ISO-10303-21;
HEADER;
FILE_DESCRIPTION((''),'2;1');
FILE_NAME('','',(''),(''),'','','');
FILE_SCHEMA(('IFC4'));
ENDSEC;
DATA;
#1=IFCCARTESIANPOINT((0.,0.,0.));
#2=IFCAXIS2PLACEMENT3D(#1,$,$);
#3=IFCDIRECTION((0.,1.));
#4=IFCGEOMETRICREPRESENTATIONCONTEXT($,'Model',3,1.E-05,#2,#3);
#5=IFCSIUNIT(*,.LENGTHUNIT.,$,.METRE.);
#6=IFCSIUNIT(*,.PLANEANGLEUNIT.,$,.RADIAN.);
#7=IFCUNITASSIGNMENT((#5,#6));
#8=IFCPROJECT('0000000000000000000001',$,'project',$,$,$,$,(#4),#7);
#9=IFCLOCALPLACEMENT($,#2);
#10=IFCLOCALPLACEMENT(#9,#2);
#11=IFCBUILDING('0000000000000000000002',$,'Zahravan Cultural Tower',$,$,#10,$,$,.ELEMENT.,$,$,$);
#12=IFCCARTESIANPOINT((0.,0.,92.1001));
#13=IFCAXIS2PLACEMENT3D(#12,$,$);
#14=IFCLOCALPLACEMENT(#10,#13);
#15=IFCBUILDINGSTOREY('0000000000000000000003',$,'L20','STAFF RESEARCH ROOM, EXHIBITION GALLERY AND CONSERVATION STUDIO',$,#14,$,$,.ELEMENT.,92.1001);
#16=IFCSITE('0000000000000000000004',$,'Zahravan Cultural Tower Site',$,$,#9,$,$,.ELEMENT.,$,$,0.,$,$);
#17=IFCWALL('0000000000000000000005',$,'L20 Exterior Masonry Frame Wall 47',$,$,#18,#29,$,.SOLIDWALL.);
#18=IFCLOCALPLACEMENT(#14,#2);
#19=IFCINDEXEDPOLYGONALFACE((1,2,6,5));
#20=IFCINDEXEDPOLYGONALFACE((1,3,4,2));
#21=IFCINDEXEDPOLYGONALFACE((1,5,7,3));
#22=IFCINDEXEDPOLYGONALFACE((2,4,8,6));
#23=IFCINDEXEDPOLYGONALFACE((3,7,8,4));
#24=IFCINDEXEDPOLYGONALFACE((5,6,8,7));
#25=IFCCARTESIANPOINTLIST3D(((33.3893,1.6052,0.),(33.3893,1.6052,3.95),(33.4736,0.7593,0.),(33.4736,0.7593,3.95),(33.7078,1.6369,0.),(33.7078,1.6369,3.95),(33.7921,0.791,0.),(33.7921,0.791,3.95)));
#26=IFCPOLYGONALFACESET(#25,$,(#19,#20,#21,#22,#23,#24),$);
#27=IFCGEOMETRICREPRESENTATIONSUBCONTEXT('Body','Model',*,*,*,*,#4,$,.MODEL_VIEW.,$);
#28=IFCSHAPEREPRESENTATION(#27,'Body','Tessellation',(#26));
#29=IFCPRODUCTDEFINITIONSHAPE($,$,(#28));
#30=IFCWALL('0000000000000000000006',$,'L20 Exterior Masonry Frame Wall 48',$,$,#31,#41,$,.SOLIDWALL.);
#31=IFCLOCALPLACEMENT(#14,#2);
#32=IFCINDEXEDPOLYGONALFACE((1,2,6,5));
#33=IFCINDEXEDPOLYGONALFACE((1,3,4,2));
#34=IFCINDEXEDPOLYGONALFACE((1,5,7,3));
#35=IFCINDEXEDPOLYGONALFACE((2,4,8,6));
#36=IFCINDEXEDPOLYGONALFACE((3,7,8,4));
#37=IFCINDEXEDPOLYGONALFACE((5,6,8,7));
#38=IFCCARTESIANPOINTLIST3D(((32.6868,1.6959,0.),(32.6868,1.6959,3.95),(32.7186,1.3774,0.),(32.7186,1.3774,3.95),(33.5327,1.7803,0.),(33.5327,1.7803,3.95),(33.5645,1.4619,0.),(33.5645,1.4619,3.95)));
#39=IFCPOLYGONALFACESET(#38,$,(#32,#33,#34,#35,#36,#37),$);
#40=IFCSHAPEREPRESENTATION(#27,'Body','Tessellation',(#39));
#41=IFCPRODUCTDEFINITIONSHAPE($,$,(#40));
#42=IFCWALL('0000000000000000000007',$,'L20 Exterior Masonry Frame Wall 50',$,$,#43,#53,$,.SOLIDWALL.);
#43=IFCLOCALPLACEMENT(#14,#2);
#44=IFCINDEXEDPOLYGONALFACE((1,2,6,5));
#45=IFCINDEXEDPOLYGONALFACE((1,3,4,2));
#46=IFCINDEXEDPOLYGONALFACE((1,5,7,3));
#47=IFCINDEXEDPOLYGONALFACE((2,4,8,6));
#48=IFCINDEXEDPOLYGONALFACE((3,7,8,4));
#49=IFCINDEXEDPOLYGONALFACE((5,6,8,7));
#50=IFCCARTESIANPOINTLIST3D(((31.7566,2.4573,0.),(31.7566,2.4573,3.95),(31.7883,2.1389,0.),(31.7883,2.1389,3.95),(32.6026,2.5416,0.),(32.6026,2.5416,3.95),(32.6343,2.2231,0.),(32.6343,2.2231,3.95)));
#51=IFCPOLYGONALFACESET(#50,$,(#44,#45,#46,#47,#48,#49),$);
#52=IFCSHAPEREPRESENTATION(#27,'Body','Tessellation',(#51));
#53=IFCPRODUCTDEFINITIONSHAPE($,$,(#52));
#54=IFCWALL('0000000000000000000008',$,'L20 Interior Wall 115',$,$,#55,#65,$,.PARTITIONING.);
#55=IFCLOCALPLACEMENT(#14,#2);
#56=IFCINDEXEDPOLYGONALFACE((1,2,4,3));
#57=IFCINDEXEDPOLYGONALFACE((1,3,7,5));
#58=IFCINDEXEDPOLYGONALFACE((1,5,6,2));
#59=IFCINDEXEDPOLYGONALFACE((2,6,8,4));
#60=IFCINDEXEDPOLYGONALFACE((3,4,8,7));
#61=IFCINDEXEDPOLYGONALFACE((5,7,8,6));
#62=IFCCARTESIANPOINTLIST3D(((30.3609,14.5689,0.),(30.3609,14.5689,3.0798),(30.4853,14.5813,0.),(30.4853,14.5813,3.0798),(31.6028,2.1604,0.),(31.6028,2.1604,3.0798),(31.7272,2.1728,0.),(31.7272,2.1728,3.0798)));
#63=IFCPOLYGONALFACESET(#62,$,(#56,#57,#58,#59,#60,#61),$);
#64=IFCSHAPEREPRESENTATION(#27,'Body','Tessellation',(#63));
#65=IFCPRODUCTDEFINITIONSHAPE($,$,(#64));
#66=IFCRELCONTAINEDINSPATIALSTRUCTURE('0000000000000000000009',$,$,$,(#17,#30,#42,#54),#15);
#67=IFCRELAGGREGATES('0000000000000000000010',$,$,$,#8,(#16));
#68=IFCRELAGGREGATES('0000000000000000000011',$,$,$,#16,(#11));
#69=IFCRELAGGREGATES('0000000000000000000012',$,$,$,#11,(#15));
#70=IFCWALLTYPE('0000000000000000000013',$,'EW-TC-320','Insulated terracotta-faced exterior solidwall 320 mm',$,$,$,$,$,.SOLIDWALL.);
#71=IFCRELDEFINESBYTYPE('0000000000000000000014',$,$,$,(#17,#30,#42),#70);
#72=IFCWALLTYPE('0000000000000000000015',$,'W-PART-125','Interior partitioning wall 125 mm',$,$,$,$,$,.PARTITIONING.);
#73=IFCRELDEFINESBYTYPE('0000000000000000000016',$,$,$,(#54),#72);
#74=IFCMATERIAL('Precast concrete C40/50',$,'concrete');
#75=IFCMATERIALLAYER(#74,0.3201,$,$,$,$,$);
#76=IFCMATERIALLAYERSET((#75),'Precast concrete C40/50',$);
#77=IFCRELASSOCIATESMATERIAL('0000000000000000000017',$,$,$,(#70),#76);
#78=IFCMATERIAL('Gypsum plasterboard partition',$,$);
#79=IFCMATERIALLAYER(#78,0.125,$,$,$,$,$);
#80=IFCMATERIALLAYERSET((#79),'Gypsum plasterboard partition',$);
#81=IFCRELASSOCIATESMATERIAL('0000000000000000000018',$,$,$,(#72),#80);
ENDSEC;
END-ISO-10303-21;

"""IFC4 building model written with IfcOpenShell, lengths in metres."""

from ifc_helpers import new_model, si_unit, direction, frame, frame_2d, origin, place, context, subcontext, project, spatial, rectangle, extrude, source, transform, mapped, material, layer, layer_set, type_object, element, save


model = new_model("IFC4")

# Units and contexts
model_context = context("Model", 3, precision=1e-05, world=origin(), true_north=direction((0.0, 1.0)))
body_context = subcontext(model_context, "Body", "Model", "MODEL_VIEW")
ifc_project = project(units=[si_unit("LENGTHUNIT", "METRE"), si_unit("PLANEANGLEUNIT", "RADIAN")], contexts=[model_context])

# Site, building, storey
site_placement = place(None, origin())
site = spatial("IfcSite", under=ifc_project, at=site_placement, Name="Zahravan Cultural Tower Site", CompositionType="ELEMENT", RefElevation=0.0)
building_placement = place(site_placement, origin())
building = spatial("IfcBuilding", under=site, at=building_placement, Name="Zahravan Cultural Tower", CompositionType="ELEMENT")
storey_placement = place(building_placement, frame((0.0, 0.0, 92.1001)))
storey = spatial("IfcBuildingStorey", under=building, at=storey_placement, Name="L20", Description="STAFF RESEARCH ROOM, EXHIBITION GALLERY AND CONSERVATION STUDIO", CompositionType="ELEMENT", Elevation=92.1001)

# Walls
ifc_material_1 = material(Name="Precast concrete C40/50", Category="concrete")
ifc_layer_1 = layer(ifc_material_1, 0.3201)
ifc_layer_set_1 = layer_set([ifc_layer_1], Name="Precast concrete C40/50")
wall_type_1 = type_object("IfcWallType", Name="EW-TC-320", Description="Insulated terracotta-faced exterior solidwall 320 mm", PredefinedType="SOLIDWALL", material=ifc_layer_set_1)
shared_shape_1 = source(origin(), body_context, "Body", "SweptSolid", [
    extrude(rectangle(XDim=0.8501, YDim=0.3201, at=frame_2d((0.425, 0.0))), origin(), (0.0, 0.0, 1.0), 3.95),
])
for number, where, z_axis, x_axis, name in (
    (1, (33.6328, 0.7751, 0.0), (0.0, 0.0, 1.0), (-0.099077, 0.99508, 0.0), "L20 Exterior Masonry Frame Wall 47"),
    (2, (33.5486, 1.6211, 0.0), (0.0, 0.0, 1.0), (-0.995051, -0.099362, 0.0), "L20 Exterior Masonry Frame Wall 48"),
    (3, (32.6184, 2.3823, 0.0), (0.0, 0.0, 1.0), (-0.99508, -0.099077, 0.0), "L20 Exterior Masonry Frame Wall 50"),
):
    element("IfcWall", number, at=place(storey_placement, frame(where, z_axis=z_axis, x_axis=x_axis)), inside=storey, type_object=wall_type_1, Name=name, PredefinedType="SOLIDWALL", context=body_context, shape_type="MappedRepresentation", body=[
        mapped(shared_shape_1, transform((0.0, 0.0, 0.0), x_axis=(1.0, 0.0, 0.0), y_axis=(0.0, 1.0, 0.0), z_axis=(0.0, 0.0, 1.0), scale=1.0)),
    ])
ifc_material_2 = material(Name="Gypsum plasterboard partition")
ifc_layer_2 = layer(ifc_material_2, 0.125)
ifc_layer_set_2 = layer_set([ifc_layer_2], Name="Gypsum plasterboard partition")
wall_type_2 = type_object("IfcWallType", Name="W-PART-125", Description="Interior partitioning wall 125 mm", PredefinedType="PARTITIONING", material=ifc_layer_set_2)
shared_shape_2 = source(origin(), body_context, "Body", "SweptSolid", [
    extrude(rectangle(XDim=12.4705, YDim=0.125, at=frame_2d((6.2354, 0.0))), origin(), (0.0, 0.0, 1.0), 3.0798),
])
wall_1_placement = place(storey_placement, frame((31.665, 2.1665, 0.0), z_axis=(0.0, 0.0, 1.0), x_axis=(-0.099591, 0.995028, 0.0)))
element("IfcWall", 4, at=wall_1_placement, inside=storey, type_object=wall_type_2, Name="L20 Interior Wall 115", PredefinedType="PARTITIONING", context=body_context, shape_type="MappedRepresentation", body=[
    mapped(shared_shape_2, transform((0.0, 0.0, 0.0), x_axis=(1.0, 0.0, 0.0), y_axis=(0.0, 1.0, 0.0), z_axis=(0.0, 0.0, 1.0), scale=1.0)),
])

save(model, "model.ifc")
